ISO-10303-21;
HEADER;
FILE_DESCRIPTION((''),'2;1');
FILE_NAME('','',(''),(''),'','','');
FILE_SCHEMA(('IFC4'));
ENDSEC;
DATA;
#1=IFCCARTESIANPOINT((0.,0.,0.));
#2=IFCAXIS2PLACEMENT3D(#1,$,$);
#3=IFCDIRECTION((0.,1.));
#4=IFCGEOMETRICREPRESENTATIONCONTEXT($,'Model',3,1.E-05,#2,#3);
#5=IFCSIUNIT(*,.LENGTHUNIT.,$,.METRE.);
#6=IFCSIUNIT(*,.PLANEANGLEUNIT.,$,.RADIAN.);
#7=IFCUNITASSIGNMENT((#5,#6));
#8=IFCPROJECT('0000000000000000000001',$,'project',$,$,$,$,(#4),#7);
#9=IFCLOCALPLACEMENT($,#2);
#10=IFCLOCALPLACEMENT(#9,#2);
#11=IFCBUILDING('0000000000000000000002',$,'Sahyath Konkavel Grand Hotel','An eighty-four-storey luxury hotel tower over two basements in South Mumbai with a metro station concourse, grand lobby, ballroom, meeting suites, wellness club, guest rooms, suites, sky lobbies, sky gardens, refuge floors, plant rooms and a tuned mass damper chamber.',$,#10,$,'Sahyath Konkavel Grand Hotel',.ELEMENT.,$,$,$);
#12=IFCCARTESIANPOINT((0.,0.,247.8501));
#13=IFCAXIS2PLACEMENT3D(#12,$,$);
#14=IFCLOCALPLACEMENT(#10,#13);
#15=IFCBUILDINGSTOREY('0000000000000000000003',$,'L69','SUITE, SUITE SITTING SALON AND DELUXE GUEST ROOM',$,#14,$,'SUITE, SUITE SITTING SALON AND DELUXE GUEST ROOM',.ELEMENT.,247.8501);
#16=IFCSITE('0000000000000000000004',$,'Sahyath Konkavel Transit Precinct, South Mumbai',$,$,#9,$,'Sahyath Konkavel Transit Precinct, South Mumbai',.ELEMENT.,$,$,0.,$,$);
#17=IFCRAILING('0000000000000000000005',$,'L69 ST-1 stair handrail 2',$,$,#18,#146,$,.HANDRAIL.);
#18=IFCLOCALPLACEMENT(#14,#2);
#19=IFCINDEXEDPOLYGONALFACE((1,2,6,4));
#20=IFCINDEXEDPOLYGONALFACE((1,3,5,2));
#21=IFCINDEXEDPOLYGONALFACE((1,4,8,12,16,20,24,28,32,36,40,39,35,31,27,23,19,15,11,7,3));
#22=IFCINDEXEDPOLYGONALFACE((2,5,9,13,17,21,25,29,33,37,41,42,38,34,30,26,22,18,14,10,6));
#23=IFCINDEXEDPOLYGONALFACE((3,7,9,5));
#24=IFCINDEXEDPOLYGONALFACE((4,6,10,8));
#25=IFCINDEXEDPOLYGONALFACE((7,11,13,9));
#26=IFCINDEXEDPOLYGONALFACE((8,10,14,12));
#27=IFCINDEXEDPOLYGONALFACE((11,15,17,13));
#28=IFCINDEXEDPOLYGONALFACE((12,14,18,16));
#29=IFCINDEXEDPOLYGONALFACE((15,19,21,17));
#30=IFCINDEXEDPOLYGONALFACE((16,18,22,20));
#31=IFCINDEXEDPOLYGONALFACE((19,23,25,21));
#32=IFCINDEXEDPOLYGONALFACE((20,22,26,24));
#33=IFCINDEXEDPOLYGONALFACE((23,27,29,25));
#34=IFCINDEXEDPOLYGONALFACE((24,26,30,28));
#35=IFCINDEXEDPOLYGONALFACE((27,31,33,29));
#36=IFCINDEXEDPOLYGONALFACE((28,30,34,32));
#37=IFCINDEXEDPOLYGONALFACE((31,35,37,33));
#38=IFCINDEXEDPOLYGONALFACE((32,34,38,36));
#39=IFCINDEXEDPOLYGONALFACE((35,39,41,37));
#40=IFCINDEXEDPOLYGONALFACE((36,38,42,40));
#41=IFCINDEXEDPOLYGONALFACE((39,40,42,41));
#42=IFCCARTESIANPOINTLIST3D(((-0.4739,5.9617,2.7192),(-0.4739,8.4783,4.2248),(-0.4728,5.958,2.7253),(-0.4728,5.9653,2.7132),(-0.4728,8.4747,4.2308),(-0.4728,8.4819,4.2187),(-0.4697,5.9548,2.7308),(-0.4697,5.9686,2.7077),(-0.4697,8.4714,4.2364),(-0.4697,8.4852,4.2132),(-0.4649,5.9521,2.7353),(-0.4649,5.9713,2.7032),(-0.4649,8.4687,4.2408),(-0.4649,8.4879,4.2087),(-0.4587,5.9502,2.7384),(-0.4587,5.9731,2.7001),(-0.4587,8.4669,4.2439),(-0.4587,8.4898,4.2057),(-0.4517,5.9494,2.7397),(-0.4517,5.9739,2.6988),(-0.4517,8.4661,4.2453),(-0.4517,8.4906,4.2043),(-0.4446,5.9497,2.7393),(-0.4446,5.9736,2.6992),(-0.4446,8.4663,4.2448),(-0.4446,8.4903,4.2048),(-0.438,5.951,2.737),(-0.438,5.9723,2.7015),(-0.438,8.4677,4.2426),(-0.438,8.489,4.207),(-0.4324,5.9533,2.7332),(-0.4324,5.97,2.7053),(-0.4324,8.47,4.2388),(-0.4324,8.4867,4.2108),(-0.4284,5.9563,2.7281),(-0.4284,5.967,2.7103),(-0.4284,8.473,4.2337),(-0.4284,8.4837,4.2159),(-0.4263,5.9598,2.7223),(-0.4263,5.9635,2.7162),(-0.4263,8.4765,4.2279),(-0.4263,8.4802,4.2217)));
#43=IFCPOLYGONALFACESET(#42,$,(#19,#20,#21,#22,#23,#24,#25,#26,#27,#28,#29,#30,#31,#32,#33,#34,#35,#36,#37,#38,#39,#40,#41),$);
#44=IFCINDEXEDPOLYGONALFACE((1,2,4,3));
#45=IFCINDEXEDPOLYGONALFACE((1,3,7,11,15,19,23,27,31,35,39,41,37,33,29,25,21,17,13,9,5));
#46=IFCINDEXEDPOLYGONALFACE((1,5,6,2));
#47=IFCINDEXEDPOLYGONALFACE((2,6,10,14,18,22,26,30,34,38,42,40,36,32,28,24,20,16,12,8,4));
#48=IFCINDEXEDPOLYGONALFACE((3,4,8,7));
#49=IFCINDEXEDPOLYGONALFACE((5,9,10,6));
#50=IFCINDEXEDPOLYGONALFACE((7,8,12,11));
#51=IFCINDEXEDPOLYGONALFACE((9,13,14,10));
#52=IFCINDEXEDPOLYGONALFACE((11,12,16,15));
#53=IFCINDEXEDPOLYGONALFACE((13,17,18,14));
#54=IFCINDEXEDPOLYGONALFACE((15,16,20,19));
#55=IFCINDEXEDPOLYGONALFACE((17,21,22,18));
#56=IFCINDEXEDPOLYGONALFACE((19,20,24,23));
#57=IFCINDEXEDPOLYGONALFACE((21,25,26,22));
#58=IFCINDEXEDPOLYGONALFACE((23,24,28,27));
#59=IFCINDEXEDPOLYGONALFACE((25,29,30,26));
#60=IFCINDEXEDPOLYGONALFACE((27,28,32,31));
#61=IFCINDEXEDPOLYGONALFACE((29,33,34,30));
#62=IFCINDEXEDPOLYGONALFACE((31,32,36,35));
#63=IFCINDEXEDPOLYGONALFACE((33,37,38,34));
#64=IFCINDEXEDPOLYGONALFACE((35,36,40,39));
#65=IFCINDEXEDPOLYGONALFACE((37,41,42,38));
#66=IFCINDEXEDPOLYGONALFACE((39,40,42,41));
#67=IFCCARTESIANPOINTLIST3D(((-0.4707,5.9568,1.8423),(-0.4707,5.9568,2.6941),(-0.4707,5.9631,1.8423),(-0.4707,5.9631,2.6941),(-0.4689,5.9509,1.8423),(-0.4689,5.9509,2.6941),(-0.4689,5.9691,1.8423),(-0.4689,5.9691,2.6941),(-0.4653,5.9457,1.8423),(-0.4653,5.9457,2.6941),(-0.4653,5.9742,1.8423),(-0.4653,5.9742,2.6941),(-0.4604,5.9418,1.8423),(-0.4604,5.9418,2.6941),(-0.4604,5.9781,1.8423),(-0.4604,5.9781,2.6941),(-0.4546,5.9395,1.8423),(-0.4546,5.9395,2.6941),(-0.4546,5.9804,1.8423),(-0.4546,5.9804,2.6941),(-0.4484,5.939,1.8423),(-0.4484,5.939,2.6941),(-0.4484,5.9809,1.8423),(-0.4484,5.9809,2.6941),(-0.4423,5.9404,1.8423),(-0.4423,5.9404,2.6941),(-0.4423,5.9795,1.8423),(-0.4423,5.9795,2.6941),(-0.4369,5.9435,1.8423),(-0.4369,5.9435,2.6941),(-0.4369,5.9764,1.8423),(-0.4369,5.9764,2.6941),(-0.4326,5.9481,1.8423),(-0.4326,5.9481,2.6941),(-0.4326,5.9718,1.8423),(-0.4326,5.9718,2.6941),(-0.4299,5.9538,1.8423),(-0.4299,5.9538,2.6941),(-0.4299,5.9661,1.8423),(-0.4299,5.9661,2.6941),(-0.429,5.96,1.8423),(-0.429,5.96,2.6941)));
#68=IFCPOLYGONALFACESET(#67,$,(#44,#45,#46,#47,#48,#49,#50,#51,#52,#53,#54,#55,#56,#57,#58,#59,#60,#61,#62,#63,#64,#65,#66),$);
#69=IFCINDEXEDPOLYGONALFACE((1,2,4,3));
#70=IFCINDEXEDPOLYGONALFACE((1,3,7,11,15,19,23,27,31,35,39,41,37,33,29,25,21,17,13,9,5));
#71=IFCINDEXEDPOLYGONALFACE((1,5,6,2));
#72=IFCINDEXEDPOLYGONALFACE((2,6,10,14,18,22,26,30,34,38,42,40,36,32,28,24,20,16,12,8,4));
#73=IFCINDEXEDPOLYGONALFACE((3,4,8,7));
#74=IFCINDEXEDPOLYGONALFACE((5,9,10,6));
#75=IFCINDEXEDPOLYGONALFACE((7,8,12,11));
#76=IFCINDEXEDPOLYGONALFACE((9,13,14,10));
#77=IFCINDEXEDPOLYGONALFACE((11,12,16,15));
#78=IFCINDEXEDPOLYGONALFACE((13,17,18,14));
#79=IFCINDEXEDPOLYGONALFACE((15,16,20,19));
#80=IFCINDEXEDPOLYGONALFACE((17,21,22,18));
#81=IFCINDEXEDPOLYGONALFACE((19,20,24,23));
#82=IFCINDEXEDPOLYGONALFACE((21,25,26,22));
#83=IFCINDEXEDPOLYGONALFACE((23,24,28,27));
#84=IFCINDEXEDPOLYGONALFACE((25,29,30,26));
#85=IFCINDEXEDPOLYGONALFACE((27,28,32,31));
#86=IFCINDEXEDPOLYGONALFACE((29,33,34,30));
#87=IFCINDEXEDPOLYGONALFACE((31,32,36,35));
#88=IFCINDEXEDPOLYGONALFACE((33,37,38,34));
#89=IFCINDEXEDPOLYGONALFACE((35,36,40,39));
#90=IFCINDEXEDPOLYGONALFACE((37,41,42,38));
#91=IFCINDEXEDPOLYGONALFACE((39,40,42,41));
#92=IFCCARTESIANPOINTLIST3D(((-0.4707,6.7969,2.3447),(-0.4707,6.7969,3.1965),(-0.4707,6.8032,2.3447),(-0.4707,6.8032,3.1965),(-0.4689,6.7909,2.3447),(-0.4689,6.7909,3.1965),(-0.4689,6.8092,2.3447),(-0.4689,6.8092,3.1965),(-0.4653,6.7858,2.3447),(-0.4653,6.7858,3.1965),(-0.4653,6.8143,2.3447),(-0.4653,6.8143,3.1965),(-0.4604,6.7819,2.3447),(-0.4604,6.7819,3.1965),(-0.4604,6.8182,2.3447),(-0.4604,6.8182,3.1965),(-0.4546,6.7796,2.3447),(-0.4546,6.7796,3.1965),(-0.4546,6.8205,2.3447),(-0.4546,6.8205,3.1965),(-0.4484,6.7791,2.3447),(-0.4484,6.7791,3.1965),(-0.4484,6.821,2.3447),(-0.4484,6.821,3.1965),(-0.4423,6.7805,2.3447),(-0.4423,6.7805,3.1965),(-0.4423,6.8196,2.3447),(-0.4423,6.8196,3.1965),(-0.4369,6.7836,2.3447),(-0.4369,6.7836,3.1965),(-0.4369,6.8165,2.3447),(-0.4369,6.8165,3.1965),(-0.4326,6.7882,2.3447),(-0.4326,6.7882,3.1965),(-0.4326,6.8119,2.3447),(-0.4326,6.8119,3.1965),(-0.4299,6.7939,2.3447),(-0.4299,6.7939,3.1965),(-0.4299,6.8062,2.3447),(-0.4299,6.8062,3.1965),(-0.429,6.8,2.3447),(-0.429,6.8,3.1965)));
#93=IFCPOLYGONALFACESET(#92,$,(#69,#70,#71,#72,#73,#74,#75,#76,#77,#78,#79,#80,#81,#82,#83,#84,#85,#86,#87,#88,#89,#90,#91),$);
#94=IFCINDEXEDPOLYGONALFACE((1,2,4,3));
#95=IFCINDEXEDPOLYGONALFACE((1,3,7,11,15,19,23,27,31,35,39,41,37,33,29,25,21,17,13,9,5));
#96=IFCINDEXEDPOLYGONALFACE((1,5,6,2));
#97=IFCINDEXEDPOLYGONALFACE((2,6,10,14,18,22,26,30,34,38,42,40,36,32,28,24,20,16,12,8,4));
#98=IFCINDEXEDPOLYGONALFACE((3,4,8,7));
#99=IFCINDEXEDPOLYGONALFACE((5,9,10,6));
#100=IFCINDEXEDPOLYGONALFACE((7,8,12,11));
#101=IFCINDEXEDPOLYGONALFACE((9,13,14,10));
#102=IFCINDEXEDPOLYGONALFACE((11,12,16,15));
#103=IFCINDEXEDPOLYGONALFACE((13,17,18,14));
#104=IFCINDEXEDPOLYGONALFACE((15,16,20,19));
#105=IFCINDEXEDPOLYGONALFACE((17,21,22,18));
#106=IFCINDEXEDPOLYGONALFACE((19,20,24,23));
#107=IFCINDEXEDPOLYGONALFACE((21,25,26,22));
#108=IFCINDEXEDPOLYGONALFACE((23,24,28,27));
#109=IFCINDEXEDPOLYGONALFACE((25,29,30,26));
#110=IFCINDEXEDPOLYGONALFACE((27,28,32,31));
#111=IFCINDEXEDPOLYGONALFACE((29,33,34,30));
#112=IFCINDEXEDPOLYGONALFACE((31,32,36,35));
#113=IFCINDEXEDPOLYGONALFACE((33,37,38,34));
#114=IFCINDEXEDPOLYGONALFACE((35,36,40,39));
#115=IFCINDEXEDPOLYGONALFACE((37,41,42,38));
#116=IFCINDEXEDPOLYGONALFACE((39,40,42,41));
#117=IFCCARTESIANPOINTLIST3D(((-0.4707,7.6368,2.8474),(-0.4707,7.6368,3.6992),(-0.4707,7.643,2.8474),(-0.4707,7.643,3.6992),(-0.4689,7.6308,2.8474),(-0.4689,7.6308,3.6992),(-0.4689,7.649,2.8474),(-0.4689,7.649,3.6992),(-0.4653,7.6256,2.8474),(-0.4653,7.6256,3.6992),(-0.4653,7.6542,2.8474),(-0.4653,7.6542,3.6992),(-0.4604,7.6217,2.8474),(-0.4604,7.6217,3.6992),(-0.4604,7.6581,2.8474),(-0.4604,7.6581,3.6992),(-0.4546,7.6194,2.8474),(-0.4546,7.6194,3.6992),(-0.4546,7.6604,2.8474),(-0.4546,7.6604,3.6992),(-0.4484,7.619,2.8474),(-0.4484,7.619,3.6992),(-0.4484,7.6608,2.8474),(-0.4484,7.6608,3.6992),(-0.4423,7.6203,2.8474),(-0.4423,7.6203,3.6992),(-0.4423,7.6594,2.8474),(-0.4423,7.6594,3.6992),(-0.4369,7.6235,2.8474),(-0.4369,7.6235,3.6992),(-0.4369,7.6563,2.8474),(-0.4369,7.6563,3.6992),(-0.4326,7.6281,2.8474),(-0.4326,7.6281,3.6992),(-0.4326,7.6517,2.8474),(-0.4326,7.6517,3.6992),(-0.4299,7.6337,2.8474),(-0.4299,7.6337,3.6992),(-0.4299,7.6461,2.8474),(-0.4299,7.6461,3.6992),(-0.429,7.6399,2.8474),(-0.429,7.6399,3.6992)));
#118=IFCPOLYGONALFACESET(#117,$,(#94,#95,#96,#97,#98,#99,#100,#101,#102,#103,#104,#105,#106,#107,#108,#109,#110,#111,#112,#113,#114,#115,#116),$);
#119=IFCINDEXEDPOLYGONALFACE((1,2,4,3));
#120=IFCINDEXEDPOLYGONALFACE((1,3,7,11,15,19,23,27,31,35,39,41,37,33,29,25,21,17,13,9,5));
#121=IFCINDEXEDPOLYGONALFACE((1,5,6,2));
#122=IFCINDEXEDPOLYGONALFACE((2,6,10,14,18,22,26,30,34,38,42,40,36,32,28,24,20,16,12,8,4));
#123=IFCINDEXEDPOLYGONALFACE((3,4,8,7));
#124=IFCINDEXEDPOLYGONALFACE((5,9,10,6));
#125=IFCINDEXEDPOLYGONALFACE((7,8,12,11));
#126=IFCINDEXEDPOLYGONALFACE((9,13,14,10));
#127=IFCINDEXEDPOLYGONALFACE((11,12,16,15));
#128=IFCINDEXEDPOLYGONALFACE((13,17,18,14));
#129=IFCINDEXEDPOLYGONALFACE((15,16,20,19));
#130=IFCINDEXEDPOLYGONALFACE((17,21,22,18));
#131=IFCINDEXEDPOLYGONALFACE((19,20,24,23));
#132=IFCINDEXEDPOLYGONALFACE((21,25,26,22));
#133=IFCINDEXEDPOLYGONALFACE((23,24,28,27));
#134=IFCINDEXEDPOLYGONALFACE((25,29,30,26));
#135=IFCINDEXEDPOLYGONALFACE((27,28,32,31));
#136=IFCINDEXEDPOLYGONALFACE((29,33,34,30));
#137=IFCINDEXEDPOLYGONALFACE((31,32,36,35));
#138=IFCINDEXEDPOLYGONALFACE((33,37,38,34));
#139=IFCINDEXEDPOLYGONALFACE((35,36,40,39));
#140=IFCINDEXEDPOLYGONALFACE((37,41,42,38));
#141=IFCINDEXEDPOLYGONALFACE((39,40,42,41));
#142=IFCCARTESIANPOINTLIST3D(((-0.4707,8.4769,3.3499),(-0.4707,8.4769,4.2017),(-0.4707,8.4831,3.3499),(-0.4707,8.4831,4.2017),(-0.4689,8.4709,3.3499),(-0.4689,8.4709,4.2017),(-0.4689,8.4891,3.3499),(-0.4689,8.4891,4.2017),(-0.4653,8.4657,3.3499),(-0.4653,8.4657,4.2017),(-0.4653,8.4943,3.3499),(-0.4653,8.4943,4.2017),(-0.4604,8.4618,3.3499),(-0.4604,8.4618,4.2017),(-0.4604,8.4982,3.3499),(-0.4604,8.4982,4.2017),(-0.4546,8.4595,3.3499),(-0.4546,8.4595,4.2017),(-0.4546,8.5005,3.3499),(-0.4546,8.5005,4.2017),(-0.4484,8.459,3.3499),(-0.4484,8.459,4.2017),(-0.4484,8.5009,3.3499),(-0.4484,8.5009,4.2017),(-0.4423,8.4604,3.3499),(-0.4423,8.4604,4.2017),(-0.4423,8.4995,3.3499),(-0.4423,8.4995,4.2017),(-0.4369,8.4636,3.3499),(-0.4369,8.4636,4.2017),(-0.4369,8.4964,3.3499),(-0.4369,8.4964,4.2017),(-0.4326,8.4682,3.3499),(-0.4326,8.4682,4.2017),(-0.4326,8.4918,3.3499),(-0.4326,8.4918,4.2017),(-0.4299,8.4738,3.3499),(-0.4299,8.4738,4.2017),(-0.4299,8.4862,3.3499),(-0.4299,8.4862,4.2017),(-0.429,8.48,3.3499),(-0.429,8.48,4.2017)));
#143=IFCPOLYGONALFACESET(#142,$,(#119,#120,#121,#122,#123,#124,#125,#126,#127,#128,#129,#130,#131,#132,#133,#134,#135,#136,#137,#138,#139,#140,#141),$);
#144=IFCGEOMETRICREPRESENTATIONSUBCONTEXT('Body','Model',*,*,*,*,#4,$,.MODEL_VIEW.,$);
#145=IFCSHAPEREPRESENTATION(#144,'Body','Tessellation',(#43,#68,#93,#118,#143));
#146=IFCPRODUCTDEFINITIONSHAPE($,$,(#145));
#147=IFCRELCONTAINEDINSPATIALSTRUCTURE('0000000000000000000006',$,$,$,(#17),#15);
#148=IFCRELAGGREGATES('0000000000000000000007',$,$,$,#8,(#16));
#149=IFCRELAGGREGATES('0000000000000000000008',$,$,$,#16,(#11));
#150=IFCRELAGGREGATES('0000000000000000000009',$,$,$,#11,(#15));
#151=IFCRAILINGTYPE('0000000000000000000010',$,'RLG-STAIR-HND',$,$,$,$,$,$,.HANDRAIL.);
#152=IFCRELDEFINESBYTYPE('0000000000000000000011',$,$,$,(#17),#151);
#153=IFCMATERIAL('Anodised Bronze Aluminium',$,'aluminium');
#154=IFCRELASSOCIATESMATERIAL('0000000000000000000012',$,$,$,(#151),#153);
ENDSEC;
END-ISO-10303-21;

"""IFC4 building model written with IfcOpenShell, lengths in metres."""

from ifc_helpers import new_model, si_unit, direction, frame, origin, origin_2d, place, context, subcontext, project, spatial, circle, extrude, material, type_object, element, save


model = new_model("IFC4")

# Units and contexts
model_context = context("Model", 3, precision=1e-05, world=origin(), true_north=direction((0.0, 1.0)))
body_context = subcontext(model_context, "Body", "Model", "MODEL_VIEW")
ifc_project = project(units=[si_unit("LENGTHUNIT", "METRE"), si_unit("PLANEANGLEUNIT", "RADIAN")], contexts=[model_context])

# Site, building, storey
site_placement = place(None, origin())
site = spatial("IfcSite", under=ifc_project, at=site_placement, Name="Sahyath Konkavel Transit Precinct, South Mumbai", LongName="Sahyath Konkavel Transit Precinct, South Mumbai", CompositionType="ELEMENT", RefElevation=0.0)
building_placement = place(site_placement, origin())
building = spatial("IfcBuilding", under=site, at=building_placement, Name="Sahyath Konkavel Grand Hotel", Description="An eighty-four-storey luxury hotel tower over two basements in South Mumbai with a metro station concourse, grand lobby, ballroom, meeting suites, wellness club, guest rooms, suites, sky lobbies, sky gardens, refuge floors, plant rooms and a tuned mass damper chamber.", LongName="Sahyath Konkavel Grand Hotel", CompositionType="ELEMENT")
storey_placement = place(building_placement, frame((0.0, 0.0, 247.8501)))
storey = spatial("IfcBuildingStorey", under=building, at=storey_placement, Name="L69", Description="SUITE, SUITE SITTING SALON AND DELUXE GUEST ROOM", LongName="SUITE, SUITE SITTING SALON AND DELUXE GUEST ROOM", CompositionType="ELEMENT", Elevation=247.8501)

# Shared definitions
ifc_material_1 = material(Name="Anodised Bronze Aluminium", Category="aluminium")

# Railing
railing_type_1 = type_object("IfcRailingType", Name="RLG-STAIR-HND", PredefinedType="HANDRAIL", material=ifc_material_1)
railing_1_placement = place(storey_placement, frame((-0.45, 5.96, 1.8423)))
element("IfcRailing", 1, at=railing_1_placement, inside=storey, type_object=railing_type_1, Name="L69 ST-1 stair handrail 2", PredefinedType="HANDRAIL", context=body_context, shape_type="SweptSolid", body=[
    extrude(circle(Radius=0.0239, at=origin_2d()), frame((0.0, 0.0017, 0.877), z_axis=(0.0, 0.85816, 0.513383), x_axis=(-1.0, 0.0, 0.0)), (0.0, 0.0, 1.0), 2.9326),
    extrude(circle(Radius=0.021, at=origin_2d()), origin(), (0.0, 0.0, 1.0), 0.8518),
    extrude(circle(Radius=0.021, at=origin_2d()), frame((0.0, 0.8401, 0.5024)), (0.0, 0.0, 1.0), 0.8518),
    extrude(circle(Radius=0.021, at=origin_2d()), frame((0.0, 1.6799, 1.0051)), (0.0, 0.0, 1.0), 0.8518),
    extrude(circle(Radius=0.021, at=origin_2d()), frame((0.0, 2.52, 1.5076)), (0.0, 0.0, 1.0), 0.8518),
])

save(model, "model.ifc")
